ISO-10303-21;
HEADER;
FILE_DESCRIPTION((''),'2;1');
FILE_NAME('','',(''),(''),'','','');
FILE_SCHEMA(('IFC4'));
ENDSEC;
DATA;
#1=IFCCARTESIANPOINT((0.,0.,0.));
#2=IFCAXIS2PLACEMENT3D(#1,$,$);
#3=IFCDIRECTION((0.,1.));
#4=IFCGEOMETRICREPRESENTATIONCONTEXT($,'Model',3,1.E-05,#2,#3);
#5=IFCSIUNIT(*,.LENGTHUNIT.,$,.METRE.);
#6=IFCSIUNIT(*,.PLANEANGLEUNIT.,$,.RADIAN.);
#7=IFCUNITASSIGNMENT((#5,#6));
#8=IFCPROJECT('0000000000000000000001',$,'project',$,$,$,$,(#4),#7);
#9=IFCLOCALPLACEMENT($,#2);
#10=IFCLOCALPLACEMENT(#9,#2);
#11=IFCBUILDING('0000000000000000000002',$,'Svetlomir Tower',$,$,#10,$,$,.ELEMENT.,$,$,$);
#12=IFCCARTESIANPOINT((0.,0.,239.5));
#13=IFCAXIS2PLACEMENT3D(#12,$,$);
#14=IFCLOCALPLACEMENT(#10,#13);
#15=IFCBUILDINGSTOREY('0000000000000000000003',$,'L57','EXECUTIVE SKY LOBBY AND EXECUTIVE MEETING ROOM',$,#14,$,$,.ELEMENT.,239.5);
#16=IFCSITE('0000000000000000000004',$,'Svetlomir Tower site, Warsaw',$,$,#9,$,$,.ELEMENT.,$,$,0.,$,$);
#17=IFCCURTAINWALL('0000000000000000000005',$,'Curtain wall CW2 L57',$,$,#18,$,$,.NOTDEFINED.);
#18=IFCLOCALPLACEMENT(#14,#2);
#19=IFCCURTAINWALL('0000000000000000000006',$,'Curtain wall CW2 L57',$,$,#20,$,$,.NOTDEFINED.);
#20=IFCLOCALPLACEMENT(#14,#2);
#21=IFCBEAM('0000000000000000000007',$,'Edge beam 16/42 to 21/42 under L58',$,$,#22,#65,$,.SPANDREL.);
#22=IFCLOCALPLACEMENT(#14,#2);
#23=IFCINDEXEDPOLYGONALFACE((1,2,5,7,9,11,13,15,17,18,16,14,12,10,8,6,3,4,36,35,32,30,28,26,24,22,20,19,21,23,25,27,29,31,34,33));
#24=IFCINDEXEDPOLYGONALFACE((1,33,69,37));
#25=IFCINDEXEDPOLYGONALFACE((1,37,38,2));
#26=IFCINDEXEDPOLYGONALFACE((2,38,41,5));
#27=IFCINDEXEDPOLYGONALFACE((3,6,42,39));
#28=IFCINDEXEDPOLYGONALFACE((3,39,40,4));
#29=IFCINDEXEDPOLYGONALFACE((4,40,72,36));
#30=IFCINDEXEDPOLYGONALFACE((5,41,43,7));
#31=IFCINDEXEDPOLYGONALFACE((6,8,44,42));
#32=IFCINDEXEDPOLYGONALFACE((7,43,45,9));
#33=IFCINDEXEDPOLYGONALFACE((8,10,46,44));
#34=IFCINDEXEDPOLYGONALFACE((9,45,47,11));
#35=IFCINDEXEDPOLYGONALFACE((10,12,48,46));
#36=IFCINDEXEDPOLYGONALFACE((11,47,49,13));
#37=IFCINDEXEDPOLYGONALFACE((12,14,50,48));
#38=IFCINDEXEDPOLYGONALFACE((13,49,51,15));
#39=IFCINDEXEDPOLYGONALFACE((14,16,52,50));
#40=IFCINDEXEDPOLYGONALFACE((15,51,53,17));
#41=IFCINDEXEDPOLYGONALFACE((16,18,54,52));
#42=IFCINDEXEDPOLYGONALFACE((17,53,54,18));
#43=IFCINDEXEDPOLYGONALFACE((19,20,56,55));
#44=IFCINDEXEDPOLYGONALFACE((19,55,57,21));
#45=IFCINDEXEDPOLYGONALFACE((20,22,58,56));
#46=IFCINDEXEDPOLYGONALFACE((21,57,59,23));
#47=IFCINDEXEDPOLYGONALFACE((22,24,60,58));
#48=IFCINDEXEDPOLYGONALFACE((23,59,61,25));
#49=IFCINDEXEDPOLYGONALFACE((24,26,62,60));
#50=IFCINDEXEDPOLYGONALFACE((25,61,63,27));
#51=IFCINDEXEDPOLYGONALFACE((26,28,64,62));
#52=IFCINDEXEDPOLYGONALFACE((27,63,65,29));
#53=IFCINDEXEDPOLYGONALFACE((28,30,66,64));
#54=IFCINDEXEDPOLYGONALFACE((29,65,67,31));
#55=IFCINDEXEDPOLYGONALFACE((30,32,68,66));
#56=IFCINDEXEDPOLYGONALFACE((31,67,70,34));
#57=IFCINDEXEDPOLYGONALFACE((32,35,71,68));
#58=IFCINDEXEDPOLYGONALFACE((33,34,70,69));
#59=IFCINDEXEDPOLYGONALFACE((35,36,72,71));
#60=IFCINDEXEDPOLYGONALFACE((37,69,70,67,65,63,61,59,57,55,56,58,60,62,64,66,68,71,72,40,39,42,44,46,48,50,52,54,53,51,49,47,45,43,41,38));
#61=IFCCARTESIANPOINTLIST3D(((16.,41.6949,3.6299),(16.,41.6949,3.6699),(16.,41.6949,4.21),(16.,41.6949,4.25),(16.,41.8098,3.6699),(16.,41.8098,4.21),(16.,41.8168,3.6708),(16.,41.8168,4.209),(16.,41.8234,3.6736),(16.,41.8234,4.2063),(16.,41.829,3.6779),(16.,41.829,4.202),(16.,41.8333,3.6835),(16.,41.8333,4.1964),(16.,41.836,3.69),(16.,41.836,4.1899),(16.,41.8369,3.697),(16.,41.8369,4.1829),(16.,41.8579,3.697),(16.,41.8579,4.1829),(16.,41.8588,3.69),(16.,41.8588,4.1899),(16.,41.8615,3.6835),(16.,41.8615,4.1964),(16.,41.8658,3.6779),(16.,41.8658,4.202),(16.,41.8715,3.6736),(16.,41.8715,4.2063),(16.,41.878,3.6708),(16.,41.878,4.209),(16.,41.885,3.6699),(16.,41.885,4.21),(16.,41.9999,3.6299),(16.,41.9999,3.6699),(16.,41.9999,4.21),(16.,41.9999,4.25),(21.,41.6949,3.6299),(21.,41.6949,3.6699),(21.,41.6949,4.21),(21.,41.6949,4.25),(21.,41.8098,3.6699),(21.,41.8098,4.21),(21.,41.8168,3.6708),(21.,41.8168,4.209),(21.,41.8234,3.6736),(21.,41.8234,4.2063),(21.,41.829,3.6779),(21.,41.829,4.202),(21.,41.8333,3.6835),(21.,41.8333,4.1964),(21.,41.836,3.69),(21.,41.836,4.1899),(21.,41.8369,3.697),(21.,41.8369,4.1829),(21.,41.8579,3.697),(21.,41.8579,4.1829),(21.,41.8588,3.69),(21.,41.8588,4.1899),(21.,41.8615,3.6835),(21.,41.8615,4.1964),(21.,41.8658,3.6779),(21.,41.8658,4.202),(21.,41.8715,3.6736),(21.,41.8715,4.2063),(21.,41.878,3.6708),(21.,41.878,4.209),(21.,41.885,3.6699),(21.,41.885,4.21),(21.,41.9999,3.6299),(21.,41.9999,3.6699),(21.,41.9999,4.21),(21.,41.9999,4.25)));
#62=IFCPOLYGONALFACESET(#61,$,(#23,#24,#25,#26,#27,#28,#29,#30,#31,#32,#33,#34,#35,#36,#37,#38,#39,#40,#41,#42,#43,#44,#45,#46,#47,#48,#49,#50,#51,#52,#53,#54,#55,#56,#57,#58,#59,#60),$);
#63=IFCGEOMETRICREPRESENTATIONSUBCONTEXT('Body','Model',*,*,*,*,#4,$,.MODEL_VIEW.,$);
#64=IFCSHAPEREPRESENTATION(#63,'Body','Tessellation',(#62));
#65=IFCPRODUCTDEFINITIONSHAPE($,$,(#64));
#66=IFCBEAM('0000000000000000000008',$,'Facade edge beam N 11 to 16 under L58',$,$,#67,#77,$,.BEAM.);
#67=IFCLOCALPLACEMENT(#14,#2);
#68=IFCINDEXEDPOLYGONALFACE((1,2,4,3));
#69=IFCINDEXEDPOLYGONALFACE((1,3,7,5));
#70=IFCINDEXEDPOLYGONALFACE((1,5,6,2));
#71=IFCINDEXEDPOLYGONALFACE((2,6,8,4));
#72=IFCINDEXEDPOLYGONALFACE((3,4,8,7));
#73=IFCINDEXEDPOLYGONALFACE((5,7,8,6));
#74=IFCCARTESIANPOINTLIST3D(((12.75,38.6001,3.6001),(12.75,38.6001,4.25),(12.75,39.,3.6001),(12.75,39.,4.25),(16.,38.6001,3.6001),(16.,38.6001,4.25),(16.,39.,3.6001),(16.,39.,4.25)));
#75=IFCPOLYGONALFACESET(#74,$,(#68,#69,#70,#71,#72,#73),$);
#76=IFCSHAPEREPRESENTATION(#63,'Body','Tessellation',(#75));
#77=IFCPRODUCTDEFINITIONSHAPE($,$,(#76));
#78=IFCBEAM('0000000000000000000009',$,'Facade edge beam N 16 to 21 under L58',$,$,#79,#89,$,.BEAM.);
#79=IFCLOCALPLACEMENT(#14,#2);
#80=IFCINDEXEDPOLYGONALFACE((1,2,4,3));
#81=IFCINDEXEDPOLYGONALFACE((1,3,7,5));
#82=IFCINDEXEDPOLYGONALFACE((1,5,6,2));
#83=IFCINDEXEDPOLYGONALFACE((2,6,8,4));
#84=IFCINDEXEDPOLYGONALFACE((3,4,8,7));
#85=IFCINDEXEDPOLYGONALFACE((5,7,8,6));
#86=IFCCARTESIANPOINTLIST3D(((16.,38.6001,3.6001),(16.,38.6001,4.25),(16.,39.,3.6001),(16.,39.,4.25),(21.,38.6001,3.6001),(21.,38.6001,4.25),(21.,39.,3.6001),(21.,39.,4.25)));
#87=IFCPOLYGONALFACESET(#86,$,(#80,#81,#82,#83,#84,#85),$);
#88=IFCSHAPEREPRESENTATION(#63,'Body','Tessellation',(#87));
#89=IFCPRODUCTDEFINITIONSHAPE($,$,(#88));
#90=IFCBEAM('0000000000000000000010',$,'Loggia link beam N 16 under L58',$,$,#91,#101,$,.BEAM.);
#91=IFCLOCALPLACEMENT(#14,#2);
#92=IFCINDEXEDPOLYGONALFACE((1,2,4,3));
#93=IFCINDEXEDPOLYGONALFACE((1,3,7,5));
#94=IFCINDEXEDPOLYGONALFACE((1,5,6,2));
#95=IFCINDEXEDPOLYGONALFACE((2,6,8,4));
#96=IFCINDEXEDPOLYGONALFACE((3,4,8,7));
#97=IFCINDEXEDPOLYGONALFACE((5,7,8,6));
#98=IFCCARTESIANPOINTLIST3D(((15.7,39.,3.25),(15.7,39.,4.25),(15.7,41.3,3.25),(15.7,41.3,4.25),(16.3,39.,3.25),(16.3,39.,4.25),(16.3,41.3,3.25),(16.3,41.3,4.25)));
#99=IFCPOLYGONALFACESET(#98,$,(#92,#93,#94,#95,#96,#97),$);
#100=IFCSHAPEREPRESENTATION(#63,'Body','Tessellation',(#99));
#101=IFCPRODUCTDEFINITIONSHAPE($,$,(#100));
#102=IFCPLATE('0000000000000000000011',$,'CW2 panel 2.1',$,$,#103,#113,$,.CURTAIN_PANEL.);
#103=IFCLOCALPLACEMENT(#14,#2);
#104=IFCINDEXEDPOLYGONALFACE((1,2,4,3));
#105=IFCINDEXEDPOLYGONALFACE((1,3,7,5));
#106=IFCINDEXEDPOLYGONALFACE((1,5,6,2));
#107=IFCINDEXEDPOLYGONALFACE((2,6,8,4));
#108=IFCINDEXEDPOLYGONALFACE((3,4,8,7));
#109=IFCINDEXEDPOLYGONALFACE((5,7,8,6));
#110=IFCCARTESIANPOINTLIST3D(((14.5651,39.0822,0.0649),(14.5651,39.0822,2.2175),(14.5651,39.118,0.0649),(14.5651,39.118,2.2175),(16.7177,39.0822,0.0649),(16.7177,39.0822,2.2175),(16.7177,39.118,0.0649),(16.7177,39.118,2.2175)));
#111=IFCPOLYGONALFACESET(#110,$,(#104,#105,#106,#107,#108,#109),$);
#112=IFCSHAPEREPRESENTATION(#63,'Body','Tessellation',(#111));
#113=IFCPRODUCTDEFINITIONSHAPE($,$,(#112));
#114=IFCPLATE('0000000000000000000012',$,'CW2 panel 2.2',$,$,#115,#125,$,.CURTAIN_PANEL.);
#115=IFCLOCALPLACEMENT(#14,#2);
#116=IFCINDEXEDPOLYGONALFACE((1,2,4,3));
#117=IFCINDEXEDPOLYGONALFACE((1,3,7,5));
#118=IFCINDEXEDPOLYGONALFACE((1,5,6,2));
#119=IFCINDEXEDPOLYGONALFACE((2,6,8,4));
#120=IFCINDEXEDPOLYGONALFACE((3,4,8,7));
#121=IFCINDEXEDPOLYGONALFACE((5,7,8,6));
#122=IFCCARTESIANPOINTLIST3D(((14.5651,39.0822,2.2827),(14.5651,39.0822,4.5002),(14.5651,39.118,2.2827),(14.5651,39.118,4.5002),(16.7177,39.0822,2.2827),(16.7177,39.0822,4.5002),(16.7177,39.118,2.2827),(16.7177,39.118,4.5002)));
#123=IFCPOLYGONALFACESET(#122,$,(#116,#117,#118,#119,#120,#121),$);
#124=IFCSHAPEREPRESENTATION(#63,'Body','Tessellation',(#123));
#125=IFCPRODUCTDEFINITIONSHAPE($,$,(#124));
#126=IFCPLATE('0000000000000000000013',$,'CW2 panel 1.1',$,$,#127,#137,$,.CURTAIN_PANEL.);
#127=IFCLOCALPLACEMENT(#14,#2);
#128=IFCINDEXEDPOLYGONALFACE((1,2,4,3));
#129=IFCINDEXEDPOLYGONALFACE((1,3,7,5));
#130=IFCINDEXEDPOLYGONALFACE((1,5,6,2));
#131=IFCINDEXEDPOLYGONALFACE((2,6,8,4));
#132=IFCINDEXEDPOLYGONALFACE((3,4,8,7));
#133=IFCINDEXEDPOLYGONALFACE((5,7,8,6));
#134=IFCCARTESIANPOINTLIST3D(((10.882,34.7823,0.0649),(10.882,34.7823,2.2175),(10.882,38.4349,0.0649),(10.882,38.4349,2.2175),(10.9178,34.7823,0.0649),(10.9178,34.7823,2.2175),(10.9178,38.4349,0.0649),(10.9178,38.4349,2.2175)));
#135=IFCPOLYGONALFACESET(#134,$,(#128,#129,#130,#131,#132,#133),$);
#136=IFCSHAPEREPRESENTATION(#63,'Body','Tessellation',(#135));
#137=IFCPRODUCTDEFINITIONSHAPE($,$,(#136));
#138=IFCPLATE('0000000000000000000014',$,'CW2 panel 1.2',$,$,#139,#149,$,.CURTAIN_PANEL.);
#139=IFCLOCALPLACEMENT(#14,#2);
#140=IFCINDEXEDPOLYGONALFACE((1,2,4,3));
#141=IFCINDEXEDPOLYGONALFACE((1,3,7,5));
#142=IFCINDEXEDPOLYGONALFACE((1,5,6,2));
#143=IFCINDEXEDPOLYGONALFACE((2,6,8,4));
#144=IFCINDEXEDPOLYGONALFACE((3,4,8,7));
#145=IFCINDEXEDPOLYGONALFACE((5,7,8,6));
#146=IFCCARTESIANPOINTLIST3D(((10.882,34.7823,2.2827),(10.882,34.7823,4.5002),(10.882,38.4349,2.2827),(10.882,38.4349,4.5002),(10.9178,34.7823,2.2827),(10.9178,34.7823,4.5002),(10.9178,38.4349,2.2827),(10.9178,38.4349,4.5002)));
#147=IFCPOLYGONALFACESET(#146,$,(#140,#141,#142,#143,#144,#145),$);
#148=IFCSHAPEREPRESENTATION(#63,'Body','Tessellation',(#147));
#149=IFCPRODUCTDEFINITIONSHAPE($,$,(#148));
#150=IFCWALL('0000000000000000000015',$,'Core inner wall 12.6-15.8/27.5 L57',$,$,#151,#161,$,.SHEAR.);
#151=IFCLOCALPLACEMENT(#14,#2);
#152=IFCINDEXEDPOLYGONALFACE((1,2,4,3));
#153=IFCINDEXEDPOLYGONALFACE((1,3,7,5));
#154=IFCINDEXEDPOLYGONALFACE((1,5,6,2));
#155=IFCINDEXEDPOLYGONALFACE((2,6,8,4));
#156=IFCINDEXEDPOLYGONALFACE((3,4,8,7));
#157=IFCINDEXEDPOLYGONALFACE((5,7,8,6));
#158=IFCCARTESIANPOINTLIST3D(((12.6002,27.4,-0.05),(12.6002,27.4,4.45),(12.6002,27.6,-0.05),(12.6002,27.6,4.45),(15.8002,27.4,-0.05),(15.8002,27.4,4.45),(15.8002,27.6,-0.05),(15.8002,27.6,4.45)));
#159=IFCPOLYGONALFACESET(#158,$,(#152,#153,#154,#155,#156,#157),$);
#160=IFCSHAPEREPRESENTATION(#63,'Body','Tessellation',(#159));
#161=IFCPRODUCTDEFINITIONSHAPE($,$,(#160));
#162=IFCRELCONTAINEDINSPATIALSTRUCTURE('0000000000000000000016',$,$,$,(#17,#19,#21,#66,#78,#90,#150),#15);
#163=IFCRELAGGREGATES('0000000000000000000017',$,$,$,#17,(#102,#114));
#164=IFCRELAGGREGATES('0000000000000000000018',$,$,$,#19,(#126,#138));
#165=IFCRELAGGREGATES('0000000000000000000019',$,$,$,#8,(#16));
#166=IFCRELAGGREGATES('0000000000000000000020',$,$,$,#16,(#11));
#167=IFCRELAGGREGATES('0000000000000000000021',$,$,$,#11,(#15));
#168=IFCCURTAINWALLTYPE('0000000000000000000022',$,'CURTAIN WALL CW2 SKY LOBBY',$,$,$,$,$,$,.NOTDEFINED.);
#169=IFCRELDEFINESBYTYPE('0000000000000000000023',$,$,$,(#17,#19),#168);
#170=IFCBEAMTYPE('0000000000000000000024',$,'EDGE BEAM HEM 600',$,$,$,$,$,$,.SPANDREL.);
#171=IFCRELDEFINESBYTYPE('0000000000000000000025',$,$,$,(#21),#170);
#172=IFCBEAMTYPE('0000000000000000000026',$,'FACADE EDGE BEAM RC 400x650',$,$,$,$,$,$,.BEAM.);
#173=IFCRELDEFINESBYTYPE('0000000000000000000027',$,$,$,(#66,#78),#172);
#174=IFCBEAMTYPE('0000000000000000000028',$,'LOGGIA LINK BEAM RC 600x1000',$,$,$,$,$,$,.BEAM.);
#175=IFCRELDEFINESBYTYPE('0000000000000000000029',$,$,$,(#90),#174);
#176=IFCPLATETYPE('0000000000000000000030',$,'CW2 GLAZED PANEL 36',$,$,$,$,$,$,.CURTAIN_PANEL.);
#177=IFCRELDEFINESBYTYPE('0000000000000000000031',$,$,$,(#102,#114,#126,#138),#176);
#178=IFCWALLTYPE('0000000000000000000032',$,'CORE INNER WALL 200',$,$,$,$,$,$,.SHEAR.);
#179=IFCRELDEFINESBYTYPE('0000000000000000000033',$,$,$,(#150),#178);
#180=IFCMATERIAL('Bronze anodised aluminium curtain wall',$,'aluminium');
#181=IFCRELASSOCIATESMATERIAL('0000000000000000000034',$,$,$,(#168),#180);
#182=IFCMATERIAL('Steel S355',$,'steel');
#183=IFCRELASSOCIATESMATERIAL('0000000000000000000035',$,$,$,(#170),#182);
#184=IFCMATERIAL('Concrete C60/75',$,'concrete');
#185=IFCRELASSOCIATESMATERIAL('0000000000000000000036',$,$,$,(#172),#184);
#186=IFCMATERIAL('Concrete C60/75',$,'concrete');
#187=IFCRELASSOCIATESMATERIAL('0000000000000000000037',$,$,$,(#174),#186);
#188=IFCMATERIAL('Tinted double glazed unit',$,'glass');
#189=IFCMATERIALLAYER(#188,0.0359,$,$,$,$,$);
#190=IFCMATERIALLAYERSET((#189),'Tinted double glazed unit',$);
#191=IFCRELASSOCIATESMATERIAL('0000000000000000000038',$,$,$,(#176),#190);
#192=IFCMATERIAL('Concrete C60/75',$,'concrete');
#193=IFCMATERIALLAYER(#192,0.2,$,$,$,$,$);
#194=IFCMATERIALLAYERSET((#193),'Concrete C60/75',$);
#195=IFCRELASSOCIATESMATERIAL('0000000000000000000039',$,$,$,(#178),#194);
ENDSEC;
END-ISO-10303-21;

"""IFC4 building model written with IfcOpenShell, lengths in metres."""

from ifc_helpers import new_model, si_unit, direction, frame, frame_2d, origin, origin_2d, place, context, subcontext, project, spatial, rectangle, i_section, extrude, material, layer, layer_set, material_profile, profile_set, type_object, element, aggregate, save


model = new_model("IFC4")

# Units and contexts
model_context = context("Model", 3, precision=1e-05, world=origin(), true_north=direction((0.0, 1.0)))
body_context = subcontext(model_context, "Body", "Model", "MODEL_VIEW")
ifc_project = project(units=[si_unit("LENGTHUNIT", "METRE"), si_unit("PLANEANGLEUNIT", "RADIAN")], contexts=[model_context])

# Site, building, storey
site_placement = place(None, origin())
site = spatial("IfcSite", under=ifc_project, at=site_placement, Name="Svetlomir Tower site, Warsaw", CompositionType="ELEMENT", RefElevation=0.0)
building_placement = place(site_placement, origin())
building = spatial("IfcBuilding", under=site, at=building_placement, Name="Svetlomir Tower", CompositionType="ELEMENT")
storey_placement = place(building_placement, frame((0.0, 0.0, 239.5)))
storey = spatial("IfcBuildingStorey", under=building, at=storey_placement, Name="L57", Description="EXECUTIVE SKY LOBBY AND EXECUTIVE MEETING ROOM", CompositionType="ELEMENT", Elevation=239.5)

# Curtain walls
ifc_material_1 = material(Name="Bronze anodised aluminium curtain wall", Category="aluminium")
curtain_wall_type = type_object("IfcCurtainWallType", Name="CURTAIN WALL CW2 SKY LOBBY", PredefinedType="NOTDEFINED", material=ifc_material_1)
curtain_wall_1_placement = place(storey_placement, origin())
curtain_wall_1 = element("IfcCurtainWall", 1, at=curtain_wall_1_placement, inside=storey, type_object=curtain_wall_type, Name="Curtain wall CW2 L57", PredefinedType="NOTDEFINED")
curtain_wall_2_placement = place(storey_placement, origin())
curtain_wall_2 = element("IfcCurtainWall", 2, at=curtain_wall_2_placement, inside=storey, type_object=curtain_wall_type, Name="Curtain wall CW2 L57", PredefinedType="NOTDEFINED")

# Beams
ifc_material_2 = material(Name="Steel S355", Category="steel")
ifc_material_profile_1 = material_profile(ifc_material_2, i_section(OverallWidth=0.3049, OverallDepth=0.6201, WebThickness=0.021, FlangeThickness=0.04, FilletRadius=0.0271, at=origin_2d()), Name="HEM 600")
ifc_profile_set_1 = profile_set([ifc_material_profile_1], Name="Steel S355")
beam_type_1 = type_object("IfcBeamType", Name="EDGE BEAM HEM 600", PredefinedType="SPANDREL", material=ifc_profile_set_1)
beam_1_placement = place(storey_placement, frame((16.0, 41.8474, 3.9399), z_axis=(1.0, 0.0, 0.0), x_axis=(0.0, 1.0, 0.0)))
element("IfcBeam", 3, at=beam_1_placement, inside=storey, type_object=beam_type_1, Name="Edge beam 16/42 to 21/42 under L58", PredefinedType="SPANDREL", context=body_context, shape_type="SweptSolid", body=[
    extrude(i_section(OverallWidth=0.3049, OverallDepth=0.6201, WebThickness=0.021, FlangeThickness=0.04, FilletRadius=0.0271, at=origin_2d()), origin(), (0.0, 0.0, 1.0), 5.0),
])
ifc_material_3 = material(Name="Concrete C60/75", Category="concrete")
ifc_material_profile_2 = material_profile(ifc_material_3, rectangle(XDim=0.3999, YDim=0.6499, at=origin_2d()), Name="RC 400x650")
ifc_profile_set_2 = profile_set([ifc_material_profile_2], Name="Concrete C60/75")
beam_type_2 = type_object("IfcBeamType", Name="FACADE EDGE BEAM RC 400x650", PredefinedType="BEAM", material=ifc_profile_set_2)
beam_2_placement = place(storey_placement, frame((12.75, 38.8, 3.925), z_axis=(1.0, 0.0, 0.0), x_axis=(0.0, 1.0, 0.0)))
element("IfcBeam", 4, at=beam_2_placement, inside=storey, type_object=beam_type_2, Name="Facade edge beam N 11 to 16 under L58", PredefinedType="BEAM", context=body_context, shape_type="SweptSolid", body=[
    extrude(rectangle(XDim=0.3999, YDim=0.6499, at=origin_2d()), origin(), (0.0, 0.0, 1.0), 3.25),
])
beam_3_placement = place(storey_placement, frame((16.0, 38.8, 3.925), z_axis=(1.0, 0.0, 0.0), x_axis=(0.0, 1.0, 0.0)))
element("IfcBeam", 5, at=beam_3_placement, inside=storey, type_object=beam_type_2, Name="Facade edge beam N 16 to 21 under L58", PredefinedType="BEAM", context=body_context, shape_type="SweptSolid", body=[
    extrude(rectangle(XDim=0.3999, YDim=0.6499, at=origin_2d()), origin(), (0.0, 0.0, 1.0), 5.0),
])
ifc_material_4 = material(Name="Concrete C60/75", Category="concrete")
ifc_material_profile_3 = material_profile(ifc_material_4, rectangle(XDim=0.6001, YDim=1.0, at=origin_2d()), Name="RC 600x1000")
ifc_profile_set_3 = profile_set([ifc_material_profile_3], Name="Concrete C60/75")
beam_type_3 = type_object("IfcBeamType", Name="LOGGIA LINK BEAM RC 600x1000", PredefinedType="BEAM", material=ifc_profile_set_3)
beam_4_placement = place(storey_placement, frame((16.0, 41.3, 3.75), z_axis=(0.0, -1.0, 0.0), x_axis=(1.0, 0.0, 0.0)))
element("IfcBeam", 6, at=beam_4_placement, inside=storey, type_object=beam_type_3, Name="Loggia link beam N 16 under L58", PredefinedType="BEAM", context=body_context, shape_type="SweptSolid", body=[
    extrude(rectangle(XDim=0.6001, YDim=1.0, at=origin_2d()), origin(), (0.0, 0.0, 1.0), 2.3),
])

# Plates
ifc_material_5 = material(Name="Tinted double glazed unit", Category="glass")
ifc_layer_1 = layer(ifc_material_5, 0.0359)
ifc_layer_set_1 = layer_set([ifc_layer_1], Name="Tinted double glazed unit")
plate_type = type_object("IfcPlateType", Name="CW2 GLAZED PANEL 36", PredefinedType="CURTAIN_PANEL", material=ifc_layer_set_1)
plate_1_placement = place(storey_placement, frame((15.6414, 39.1001, 0.0649), z_axis=(0.0, 0.0, 1.0), x_axis=(-1.0, 0.0, 0.0)))
plate_1 = element("IfcPlate", 7, at=plate_1_placement, type_object=plate_type, Name="CW2 panel 2.1", PredefinedType="CURTAIN_PANEL", context=body_context, shape_type="SweptSolid", body=[
    extrude(rectangle(XDim=2.1526, YDim=0.0359, at=origin_2d()), origin(), (0.0, 0.0, 1.0), 2.1526),
])
plate_2_placement = place(storey_placement, frame((15.6414, 39.1001, 2.2827), z_axis=(0.0, 0.0, 1.0), x_axis=(-1.0, 0.0, 0.0)))
plate_2 = element("IfcPlate", 8, at=plate_2_placement, type_object=plate_type, Name="CW2 panel 2.2", PredefinedType="CURTAIN_PANEL", context=body_context, shape_type="SweptSolid", body=[
    extrude(rectangle(XDim=2.1526, YDim=0.0359, at=origin_2d()), origin(), (0.0, 0.0, 1.0), 2.2175),
])
aggregate(curtain_wall_1, [plate_1, plate_2])
plate_3_placement = place(storey_placement, frame((10.8999, 36.6086, 0.0649), z_axis=(0.0, 0.0, 1.0), x_axis=(0.0, -1.0, 0.0)))
plate_3 = element("IfcPlate", 9, at=plate_3_placement, type_object=plate_type, Name="CW2 panel 1.1", PredefinedType="CURTAIN_PANEL", context=body_context, shape_type="SweptSolid", body=[
    extrude(rectangle(XDim=3.6526, YDim=0.0359, at=origin_2d()), origin(), (0.0, 0.0, 1.0), 2.1526),
])
plate_4_placement = place(storey_placement, frame((10.8999, 36.6086, 2.2827), z_axis=(0.0, 0.0, 1.0), x_axis=(0.0, -1.0, 0.0)))
plate_4 = element("IfcPlate", 10, at=plate_4_placement, type_object=plate_type, Name="CW2 panel 1.2", PredefinedType="CURTAIN_PANEL", context=body_context, shape_type="SweptSolid", body=[
    extrude(rectangle(XDim=3.6526, YDim=0.0359, at=origin_2d()), origin(), (0.0, 0.0, 1.0), 2.2175),
])
aggregate(curtain_wall_2, [plate_3, plate_4])

# Wall
ifc_material_6 = material(Name="Concrete C60/75", Category="concrete")
ifc_layer_2 = layer(ifc_material_6, 0.2)
ifc_layer_set_2 = layer_set([ifc_layer_2], Name="Concrete C60/75")
wall_type_1 = type_object("IfcWallType", Name="CORE INNER WALL 200", PredefinedType="SHEAR", material=ifc_layer_set_2)
wall_1_placement = place(storey_placement, frame((12.6001, 27.5, -0.05), z_axis=(0.0, 0.0, 1.0), x_axis=(1.0, 0.0, 0.0)))
element("IfcWall", 11, at=wall_1_placement, inside=storey, type_object=wall_type_1, Name="Core inner wall 12.6-15.8/27.5 L57", PredefinedType="SHEAR", context=body_context, shape_type="SweptSolid", body=[
    extrude(rectangle(XDim=3.2, YDim=0.2, at=frame_2d((1.6001, 0.0))), origin(), (0.0, 0.0, 1.0), 4.5),
])

save(model, "model.ifc")
